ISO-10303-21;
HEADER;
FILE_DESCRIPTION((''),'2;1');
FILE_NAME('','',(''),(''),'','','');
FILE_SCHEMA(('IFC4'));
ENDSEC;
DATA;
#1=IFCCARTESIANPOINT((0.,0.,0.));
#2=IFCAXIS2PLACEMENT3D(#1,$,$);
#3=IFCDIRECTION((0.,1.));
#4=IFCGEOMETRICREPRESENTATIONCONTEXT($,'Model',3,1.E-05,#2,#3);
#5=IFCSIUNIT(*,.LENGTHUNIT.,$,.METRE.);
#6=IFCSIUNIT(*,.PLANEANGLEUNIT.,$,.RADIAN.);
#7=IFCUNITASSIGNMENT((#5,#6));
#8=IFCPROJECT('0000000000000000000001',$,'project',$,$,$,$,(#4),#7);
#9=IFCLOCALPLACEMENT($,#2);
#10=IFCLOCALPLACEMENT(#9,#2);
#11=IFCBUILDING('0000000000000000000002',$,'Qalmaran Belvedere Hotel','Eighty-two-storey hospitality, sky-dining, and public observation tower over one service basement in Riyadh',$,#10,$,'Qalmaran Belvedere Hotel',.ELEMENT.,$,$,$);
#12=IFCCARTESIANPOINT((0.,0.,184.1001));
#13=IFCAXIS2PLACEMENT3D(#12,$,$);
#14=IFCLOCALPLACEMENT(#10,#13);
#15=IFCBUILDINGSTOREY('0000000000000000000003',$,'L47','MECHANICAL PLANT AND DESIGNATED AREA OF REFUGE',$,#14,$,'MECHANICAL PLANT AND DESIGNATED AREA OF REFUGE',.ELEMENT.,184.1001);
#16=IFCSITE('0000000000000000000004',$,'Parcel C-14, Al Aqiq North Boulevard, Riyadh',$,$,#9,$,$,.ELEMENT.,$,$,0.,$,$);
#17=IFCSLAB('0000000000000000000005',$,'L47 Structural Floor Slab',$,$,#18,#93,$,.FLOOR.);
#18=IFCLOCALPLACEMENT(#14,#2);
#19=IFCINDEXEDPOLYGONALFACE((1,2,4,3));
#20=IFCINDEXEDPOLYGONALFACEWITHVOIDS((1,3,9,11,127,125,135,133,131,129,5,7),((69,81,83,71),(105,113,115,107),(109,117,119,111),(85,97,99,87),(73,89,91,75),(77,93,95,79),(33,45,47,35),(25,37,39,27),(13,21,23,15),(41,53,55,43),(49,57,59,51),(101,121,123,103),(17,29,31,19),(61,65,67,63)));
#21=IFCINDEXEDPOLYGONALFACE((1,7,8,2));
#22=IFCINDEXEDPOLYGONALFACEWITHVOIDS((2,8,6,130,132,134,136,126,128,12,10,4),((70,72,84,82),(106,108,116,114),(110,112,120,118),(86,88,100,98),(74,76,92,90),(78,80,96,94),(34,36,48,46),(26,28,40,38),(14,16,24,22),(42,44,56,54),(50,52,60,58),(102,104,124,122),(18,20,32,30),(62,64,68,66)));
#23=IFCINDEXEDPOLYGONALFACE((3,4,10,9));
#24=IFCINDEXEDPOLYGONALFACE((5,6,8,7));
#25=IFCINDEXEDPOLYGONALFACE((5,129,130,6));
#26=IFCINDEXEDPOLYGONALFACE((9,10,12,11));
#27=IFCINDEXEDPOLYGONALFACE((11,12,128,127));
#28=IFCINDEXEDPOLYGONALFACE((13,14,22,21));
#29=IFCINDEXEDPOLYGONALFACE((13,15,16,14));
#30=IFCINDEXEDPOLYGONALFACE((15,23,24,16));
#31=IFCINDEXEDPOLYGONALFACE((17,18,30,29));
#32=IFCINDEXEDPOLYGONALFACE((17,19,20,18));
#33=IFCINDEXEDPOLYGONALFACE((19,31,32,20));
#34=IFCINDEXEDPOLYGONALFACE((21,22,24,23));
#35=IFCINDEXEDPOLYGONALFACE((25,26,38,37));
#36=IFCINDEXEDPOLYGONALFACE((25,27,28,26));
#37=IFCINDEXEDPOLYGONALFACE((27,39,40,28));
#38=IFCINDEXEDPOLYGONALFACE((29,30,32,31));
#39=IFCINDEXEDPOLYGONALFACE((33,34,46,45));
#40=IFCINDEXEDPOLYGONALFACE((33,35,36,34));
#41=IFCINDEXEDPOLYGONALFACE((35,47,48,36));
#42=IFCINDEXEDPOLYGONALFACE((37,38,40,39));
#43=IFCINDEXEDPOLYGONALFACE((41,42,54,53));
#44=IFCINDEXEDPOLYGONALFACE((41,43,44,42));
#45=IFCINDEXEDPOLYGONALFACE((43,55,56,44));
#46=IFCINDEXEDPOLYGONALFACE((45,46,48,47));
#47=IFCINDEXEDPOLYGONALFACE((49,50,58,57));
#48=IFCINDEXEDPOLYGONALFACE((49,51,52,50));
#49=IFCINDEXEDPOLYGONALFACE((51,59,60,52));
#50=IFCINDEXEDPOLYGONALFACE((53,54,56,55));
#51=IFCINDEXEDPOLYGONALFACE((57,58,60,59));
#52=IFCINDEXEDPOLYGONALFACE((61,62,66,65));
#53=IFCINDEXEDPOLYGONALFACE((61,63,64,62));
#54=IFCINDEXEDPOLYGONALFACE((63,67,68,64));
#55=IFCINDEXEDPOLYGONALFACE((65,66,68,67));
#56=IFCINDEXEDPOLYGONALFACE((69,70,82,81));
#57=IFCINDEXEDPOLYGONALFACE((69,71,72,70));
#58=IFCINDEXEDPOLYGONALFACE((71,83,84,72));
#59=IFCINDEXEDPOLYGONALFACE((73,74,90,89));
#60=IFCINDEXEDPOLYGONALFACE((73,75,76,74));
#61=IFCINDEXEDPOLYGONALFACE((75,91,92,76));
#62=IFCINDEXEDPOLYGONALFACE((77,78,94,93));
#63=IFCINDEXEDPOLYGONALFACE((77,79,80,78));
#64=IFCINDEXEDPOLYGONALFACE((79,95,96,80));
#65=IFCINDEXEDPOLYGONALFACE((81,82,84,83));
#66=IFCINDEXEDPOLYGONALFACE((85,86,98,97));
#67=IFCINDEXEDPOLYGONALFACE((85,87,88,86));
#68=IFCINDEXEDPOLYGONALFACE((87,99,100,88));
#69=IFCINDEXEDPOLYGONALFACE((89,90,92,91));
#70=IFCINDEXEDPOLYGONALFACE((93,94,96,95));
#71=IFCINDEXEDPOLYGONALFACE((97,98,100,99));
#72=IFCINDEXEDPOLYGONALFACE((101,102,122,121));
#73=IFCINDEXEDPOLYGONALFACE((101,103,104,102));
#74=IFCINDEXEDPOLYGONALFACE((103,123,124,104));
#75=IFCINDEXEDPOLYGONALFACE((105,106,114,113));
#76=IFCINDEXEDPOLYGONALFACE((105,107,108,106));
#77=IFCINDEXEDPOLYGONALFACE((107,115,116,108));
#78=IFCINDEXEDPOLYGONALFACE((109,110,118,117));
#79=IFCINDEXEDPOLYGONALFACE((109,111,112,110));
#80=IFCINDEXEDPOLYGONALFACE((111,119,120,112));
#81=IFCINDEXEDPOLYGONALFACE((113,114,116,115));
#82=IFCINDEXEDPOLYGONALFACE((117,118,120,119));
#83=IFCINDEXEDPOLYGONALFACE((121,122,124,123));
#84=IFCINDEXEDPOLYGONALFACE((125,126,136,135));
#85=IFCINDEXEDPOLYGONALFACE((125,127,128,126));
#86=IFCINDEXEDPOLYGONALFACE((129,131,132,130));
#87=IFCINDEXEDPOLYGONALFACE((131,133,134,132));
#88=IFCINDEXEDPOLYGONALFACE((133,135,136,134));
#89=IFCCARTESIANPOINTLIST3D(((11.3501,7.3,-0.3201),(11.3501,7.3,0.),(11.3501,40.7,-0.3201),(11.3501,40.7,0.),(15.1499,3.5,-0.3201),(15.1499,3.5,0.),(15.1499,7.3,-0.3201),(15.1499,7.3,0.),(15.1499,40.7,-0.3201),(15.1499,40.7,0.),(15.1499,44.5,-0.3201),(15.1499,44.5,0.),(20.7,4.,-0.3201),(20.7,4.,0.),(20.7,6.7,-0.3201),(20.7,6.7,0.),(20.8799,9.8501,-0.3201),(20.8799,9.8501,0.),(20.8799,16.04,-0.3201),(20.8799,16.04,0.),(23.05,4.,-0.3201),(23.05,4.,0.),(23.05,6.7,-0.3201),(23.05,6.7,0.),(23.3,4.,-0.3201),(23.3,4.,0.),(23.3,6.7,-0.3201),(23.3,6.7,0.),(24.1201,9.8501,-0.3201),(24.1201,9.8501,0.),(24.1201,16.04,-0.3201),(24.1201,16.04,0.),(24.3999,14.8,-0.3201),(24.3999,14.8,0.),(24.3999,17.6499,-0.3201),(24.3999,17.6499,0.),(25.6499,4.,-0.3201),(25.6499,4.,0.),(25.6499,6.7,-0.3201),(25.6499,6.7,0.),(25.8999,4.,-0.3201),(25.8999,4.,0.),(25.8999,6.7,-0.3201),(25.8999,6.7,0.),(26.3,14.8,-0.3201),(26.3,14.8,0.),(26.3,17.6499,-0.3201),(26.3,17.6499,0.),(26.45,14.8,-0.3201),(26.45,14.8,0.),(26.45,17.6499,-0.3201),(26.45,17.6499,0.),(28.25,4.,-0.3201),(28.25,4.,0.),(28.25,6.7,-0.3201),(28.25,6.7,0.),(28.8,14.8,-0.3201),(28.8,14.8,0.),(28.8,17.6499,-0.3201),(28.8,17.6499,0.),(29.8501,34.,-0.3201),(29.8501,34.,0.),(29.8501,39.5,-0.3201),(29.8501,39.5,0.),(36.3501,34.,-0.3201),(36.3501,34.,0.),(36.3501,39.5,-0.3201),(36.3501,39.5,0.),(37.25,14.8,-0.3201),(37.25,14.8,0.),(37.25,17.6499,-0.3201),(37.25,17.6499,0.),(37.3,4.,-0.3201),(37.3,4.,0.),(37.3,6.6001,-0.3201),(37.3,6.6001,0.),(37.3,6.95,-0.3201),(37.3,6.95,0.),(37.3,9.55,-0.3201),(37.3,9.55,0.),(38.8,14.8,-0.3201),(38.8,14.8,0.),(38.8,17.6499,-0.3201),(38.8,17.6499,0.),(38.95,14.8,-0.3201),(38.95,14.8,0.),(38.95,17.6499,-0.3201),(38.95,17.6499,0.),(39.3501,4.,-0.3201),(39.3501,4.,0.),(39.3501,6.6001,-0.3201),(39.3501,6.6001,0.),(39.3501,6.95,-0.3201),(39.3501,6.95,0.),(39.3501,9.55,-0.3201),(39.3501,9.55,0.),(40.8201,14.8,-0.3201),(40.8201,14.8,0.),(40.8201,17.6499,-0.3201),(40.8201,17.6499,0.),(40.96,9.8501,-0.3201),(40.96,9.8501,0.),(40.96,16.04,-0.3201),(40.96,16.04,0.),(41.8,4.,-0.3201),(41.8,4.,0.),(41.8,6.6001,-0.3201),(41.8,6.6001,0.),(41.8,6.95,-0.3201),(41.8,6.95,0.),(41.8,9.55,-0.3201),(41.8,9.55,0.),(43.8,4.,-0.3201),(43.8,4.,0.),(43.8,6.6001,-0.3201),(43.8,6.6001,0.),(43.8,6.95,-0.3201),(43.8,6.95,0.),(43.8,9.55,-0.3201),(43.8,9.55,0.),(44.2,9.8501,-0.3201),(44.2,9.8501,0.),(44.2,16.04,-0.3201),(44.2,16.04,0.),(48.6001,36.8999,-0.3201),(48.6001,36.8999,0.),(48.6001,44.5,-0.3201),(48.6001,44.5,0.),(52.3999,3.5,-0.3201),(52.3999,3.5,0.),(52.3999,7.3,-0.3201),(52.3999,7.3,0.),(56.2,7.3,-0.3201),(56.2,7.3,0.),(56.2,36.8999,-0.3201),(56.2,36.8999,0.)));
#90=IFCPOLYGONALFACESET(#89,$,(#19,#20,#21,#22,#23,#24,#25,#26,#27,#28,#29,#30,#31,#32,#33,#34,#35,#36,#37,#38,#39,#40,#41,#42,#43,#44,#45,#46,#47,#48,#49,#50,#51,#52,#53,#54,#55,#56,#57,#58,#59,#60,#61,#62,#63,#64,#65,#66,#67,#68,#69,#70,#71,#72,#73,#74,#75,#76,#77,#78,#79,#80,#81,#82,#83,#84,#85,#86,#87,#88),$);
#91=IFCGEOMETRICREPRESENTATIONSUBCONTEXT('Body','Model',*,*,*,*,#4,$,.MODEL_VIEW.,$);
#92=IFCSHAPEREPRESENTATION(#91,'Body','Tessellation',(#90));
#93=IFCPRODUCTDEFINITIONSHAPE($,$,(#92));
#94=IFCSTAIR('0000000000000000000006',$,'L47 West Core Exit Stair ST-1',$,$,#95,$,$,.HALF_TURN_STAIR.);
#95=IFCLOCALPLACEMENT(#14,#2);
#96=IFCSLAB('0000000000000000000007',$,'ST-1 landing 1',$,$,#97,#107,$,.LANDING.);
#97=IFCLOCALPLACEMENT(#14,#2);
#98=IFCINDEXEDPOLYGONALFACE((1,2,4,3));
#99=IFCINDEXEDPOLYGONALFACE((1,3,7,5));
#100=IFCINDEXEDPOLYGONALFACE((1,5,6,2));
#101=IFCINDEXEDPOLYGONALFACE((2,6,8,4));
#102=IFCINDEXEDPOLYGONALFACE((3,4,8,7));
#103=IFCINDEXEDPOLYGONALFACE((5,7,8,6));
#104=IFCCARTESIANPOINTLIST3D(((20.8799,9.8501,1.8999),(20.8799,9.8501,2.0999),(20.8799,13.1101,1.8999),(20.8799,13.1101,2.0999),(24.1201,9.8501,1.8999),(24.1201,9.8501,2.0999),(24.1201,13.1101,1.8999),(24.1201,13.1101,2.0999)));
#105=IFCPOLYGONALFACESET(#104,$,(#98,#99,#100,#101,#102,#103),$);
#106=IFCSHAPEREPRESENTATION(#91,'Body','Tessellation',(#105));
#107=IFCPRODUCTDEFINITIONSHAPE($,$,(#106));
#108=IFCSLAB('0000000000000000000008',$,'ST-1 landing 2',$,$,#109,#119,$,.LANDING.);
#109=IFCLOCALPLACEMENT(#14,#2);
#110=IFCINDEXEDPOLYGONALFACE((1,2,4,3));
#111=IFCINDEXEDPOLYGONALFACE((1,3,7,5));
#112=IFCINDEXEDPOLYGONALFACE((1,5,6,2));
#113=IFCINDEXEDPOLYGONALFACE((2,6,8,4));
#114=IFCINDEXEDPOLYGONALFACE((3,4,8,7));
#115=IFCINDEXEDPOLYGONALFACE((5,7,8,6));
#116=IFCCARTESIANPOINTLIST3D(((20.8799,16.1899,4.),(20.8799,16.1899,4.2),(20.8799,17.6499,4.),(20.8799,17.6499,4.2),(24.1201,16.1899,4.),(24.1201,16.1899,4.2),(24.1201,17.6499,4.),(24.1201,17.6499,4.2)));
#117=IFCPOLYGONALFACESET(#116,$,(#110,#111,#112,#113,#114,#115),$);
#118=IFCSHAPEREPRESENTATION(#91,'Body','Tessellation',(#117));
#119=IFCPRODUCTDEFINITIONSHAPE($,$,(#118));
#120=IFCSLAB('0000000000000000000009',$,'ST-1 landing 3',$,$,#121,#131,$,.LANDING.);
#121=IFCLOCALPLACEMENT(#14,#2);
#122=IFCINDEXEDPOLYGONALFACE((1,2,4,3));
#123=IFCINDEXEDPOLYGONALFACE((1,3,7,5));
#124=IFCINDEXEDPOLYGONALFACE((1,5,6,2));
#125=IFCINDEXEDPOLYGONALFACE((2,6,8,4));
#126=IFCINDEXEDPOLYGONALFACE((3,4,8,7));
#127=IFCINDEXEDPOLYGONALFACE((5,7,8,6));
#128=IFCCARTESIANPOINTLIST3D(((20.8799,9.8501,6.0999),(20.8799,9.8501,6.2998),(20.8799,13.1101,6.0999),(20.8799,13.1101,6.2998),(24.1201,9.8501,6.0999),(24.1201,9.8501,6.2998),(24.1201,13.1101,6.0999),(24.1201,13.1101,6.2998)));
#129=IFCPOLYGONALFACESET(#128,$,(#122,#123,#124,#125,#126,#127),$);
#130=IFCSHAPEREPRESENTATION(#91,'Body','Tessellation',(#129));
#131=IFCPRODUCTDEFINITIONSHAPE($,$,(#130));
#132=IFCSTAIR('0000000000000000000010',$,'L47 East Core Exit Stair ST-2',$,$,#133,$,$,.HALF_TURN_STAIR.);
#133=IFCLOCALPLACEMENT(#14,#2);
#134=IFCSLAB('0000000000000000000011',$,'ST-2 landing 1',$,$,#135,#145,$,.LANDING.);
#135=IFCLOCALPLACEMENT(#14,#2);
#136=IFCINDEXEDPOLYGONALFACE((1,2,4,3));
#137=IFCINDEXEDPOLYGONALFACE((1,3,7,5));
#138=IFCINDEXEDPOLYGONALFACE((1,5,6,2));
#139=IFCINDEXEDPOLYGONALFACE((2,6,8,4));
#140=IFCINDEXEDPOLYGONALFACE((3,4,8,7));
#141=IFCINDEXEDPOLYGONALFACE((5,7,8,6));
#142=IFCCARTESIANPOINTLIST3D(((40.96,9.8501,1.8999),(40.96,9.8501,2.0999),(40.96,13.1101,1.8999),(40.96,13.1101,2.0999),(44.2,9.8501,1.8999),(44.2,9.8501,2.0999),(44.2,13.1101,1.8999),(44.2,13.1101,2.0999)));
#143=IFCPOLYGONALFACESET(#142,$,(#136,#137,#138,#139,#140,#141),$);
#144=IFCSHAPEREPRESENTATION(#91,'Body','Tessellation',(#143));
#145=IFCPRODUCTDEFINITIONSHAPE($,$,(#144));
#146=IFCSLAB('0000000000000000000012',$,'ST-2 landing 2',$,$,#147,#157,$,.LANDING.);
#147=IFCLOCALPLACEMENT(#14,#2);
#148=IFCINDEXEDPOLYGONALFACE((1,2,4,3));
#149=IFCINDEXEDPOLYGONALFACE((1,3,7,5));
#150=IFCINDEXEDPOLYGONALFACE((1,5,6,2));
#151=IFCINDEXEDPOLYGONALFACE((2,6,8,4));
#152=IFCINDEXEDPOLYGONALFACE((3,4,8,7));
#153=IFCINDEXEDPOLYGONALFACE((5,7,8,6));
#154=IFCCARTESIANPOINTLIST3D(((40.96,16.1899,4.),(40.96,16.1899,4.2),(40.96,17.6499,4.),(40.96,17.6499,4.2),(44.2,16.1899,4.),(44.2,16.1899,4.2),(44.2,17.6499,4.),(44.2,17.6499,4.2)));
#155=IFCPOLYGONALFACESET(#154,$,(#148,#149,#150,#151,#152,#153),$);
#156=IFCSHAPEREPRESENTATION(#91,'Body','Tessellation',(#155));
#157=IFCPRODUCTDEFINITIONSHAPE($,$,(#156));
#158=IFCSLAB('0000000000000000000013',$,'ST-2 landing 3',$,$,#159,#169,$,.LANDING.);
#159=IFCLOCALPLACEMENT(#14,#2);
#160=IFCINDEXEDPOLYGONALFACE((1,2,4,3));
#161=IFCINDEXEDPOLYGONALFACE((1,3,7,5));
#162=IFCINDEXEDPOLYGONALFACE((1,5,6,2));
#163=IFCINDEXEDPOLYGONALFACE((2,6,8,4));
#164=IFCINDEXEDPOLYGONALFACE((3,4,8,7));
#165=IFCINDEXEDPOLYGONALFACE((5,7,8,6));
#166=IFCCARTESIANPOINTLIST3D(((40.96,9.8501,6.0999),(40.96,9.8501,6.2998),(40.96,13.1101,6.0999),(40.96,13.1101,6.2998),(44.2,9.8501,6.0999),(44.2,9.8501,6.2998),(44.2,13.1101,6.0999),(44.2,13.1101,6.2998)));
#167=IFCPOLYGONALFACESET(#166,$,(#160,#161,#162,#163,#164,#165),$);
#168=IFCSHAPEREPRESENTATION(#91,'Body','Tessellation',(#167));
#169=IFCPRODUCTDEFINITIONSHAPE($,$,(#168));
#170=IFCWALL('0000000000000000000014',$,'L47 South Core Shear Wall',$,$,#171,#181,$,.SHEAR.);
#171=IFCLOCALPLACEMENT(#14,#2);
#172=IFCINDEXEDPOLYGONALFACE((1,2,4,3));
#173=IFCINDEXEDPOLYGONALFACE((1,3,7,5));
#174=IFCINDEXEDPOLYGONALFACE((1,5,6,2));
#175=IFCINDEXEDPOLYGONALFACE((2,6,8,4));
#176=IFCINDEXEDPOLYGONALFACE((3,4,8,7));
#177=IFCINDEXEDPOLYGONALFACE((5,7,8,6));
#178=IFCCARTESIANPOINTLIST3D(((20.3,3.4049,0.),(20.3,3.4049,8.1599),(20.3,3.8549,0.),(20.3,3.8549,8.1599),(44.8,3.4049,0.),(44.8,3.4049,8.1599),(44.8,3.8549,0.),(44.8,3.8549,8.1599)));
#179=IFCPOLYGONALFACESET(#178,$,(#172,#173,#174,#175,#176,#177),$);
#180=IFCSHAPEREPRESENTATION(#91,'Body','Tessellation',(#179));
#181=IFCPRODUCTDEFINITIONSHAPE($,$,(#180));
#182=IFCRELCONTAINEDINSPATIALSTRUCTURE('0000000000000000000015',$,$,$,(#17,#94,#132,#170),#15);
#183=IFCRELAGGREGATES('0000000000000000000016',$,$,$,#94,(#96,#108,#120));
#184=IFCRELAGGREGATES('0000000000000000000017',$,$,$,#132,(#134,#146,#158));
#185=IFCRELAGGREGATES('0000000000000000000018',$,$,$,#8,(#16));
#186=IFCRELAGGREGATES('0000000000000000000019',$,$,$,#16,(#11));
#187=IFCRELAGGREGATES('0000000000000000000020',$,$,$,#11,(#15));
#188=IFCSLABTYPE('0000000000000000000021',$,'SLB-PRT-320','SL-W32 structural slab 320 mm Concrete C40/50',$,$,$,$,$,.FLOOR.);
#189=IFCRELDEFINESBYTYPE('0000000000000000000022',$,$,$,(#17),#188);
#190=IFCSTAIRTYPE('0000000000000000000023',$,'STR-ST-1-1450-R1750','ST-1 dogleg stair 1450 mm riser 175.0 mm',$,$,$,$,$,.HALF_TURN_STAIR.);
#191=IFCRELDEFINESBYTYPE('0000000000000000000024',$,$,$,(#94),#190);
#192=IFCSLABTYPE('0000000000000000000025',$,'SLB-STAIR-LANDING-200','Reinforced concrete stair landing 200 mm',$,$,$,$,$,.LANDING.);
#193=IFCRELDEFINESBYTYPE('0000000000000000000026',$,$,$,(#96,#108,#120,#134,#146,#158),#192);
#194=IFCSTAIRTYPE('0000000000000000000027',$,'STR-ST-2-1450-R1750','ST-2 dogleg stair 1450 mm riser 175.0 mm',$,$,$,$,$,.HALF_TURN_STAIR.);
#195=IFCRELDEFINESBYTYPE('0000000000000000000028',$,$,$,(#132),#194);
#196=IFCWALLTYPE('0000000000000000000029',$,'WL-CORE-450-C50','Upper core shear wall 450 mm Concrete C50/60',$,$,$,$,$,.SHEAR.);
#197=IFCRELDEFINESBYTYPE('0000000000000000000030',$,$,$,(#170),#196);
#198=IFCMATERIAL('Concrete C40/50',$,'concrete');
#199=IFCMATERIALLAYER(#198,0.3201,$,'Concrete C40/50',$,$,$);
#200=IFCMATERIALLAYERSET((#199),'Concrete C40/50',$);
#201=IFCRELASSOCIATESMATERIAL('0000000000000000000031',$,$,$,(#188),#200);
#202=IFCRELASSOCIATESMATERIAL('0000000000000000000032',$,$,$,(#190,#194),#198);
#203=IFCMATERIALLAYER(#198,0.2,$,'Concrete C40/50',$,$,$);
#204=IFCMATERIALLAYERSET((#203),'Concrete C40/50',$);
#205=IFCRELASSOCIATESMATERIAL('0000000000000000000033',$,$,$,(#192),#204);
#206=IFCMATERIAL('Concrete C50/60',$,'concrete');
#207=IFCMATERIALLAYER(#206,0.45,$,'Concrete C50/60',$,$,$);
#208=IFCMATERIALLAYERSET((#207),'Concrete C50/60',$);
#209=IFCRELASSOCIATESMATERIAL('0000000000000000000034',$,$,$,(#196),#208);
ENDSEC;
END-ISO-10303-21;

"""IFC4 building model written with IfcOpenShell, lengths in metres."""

from ifc_helpers import new_model, si_unit, direction, frame, frame_2d, origin, place, context, subcontext, project, spatial, polyline, rectangle, outline, extrude, material, layer, layer_set, type_object, element, aggregate, save


model = new_model("IFC4")

# Units and contexts
model_context = context("Model", 3, precision=1e-05, world=origin(), true_north=direction((0.0, 1.0)))
body_context = subcontext(model_context, "Body", "Model", "MODEL_VIEW")
ifc_project = project(units=[si_unit("LENGTHUNIT", "METRE"), si_unit("PLANEANGLEUNIT", "RADIAN")], contexts=[model_context])

# Site, building, storey
site_placement = place(None, origin())
site = spatial("IfcSite", under=ifc_project, at=site_placement, Name="Parcel C-14, Al Aqiq North Boulevard, Riyadh", CompositionType="ELEMENT", RefElevation=0.0)
building_placement = place(site_placement, origin())
building = spatial("IfcBuilding", under=site, at=building_placement, Name="Qalmaran Belvedere Hotel", Description="Eighty-two-storey hospitality, sky-dining, and public observation tower over one service basement in Riyadh", LongName="Qalmaran Belvedere Hotel", CompositionType="ELEMENT")
storey_placement = place(building_placement, frame((0.0, 0.0, 184.1001)))
storey = spatial("IfcBuildingStorey", under=building, at=storey_placement, Name="L47", Description="MECHANICAL PLANT AND DESIGNATED AREA OF REFUGE", LongName="MECHANICAL PLANT AND DESIGNATED AREA OF REFUGE", CompositionType="ELEMENT", Elevation=184.1001)

# Shared definitions
ifc_material_1 = material(Name="Concrete C50/60", Category="concrete")

# Slab
ifc_material_2 = material(Name="Concrete C40/50", Category="concrete")
ifc_layer_1 = layer(ifc_material_2, 0.3201, Name="Concrete C40/50")
ifc_layer_set_1 = layer_set([ifc_layer_1], Name="Concrete C40/50")
slab_type_1 = type_object("IfcSlabType", Name="SLB-PRT-320", Description="SL-W32 structural slab 320 mm Concrete C40/50", PredefinedType="FLOOR", material=ifc_layer_set_1)
slab_1_placement = place(storey_placement, frame((0.0, 0.0, -0.3201)))
element("IfcSlab", 1, at=slab_1_placement, inside=storey, type_object=slab_type_1, Name="L47 Structural Floor Slab", PredefinedType="FLOOR", context=body_context, shape_type="SweptSolid", body=[
    extrude(outline(polyline([(15.1499, 3.5), (52.3999, 3.5), (52.3999, 7.3), (56.2, 7.3), (56.2, 36.8999), (48.6001, 36.8999), (48.6001, 44.5), (15.1499, 44.5), (15.1499, 40.7), (11.3501, 40.7), (11.3501, 7.3), (15.1499, 7.3), (15.1499, 3.5)]), holes=[polyline([(20.8799, 9.8501), (24.1201, 9.8501), (24.1201, 16.04), (20.8799, 16.04), (20.8799, 9.8501)]), polyline([(40.96, 9.8501), (44.2, 9.8501), (44.2, 16.04), (40.96, 16.04), (40.96, 9.8501)]), polyline([(37.3, 4.0), (39.3501, 4.0), (39.3501, 6.6001), (37.3, 6.6001), (37.3, 4.0)]), polyline([(37.3, 6.95), (39.3501, 6.95), (39.3501, 9.55), (37.3, 9.55), (37.3, 6.95)]), polyline([(41.8, 4.0), (43.8, 4.0), (43.8, 6.6001), (41.8, 6.6001), (41.8, 4.0)]), polyline([(41.8, 6.95), (43.8, 6.95), (43.8, 9.55), (41.8, 9.55), (41.8, 6.95)]), polyline([(20.7, 4.0), (23.05, 4.0), (23.05, 6.7), (20.7, 6.7), (20.7, 4.0)]), polyline([(23.3, 4.0), (25.6499, 4.0), (25.6499, 6.7), (23.3, 6.7), (23.3, 4.0)]), polyline([(25.8999, 4.0), (28.25, 4.0), (28.25, 6.7), (25.8999, 6.7), (25.8999, 4.0)]), polyline([(24.3999, 14.8), (26.3, 14.8), (26.3, 17.6499), (24.3999, 17.6499), (24.3999, 14.8)]), polyline([(38.95, 14.8), (40.8201, 14.8), (40.8201, 17.6499), (38.95, 17.6499), (38.95, 14.8)]), polyline([(26.45, 14.8), (28.8, 14.8), (28.8, 17.6499), (26.45, 17.6499), (26.45, 14.8)]), polyline([(37.25, 14.8), (38.8, 14.8), (38.8, 17.6499), (37.25, 17.6499), (37.25, 14.8)]), polyline([(29.8501, 34.0), (36.3501, 34.0), (36.3501, 39.5), (29.8501, 39.5), (29.8501, 34.0)])]), origin(), (0.0, 0.0, 1.0), 0.3201),
])

# Stairs, slabs
stair_type_1 = type_object("IfcStairType", Name="STR-ST-1-1450-R1750", Description="ST-1 dogleg stair 1450 mm riser 175.0 mm", PredefinedType="HALF_TURN_STAIR", material=ifc_material_2)
stair_1_placement = place(storey_placement, origin())
stair_1 = element("IfcStair", 2, at=stair_1_placement, inside=storey, type_object=stair_type_1, Name="L47 West Core Exit Stair ST-1", PredefinedType="HALF_TURN_STAIR")
ifc_layer_2 = layer(ifc_material_2, 0.2, Name="Concrete C40/50")
ifc_layer_set_2 = layer_set([ifc_layer_2], Name="Concrete C40/50")
slab_type_2 = type_object("IfcSlabType", Name="SLB-STAIR-LANDING-200", Description="Reinforced concrete stair landing 200 mm", PredefinedType="LANDING", material=ifc_layer_set_2)
slab_2_placement = place(storey_placement, frame((0.0, 0.0, 1.8999)))
slab_2 = element("IfcSlab", 3, at=slab_2_placement, type_object=slab_type_2, Name="ST-1 landing 1", PredefinedType="LANDING", context=body_context, shape_type="SweptSolid", body=[
    extrude(outline(polyline([(20.8799, 13.1101), (20.8799, 9.8501), (24.1201, 9.8501), (24.1201, 13.1101), (20.8799, 13.1101)])), origin(), (0.0, 0.0, 1.0), 0.2),
])
slab_3_placement = place(storey_placement, frame((0.0, 0.0, 4.0)))
slab_3 = element("IfcSlab", 4, at=slab_3_placement, type_object=slab_type_2, Name="ST-1 landing 2", PredefinedType="LANDING", context=body_context, shape_type="SweptSolid", body=[
    extrude(outline(polyline([(20.8799, 17.6499), (20.8799, 16.1899), (24.1201, 16.1899), (24.1201, 17.6499), (20.8799, 17.6499)])), origin(), (0.0, 0.0, 1.0), 0.2),
])
slab_4_placement = place(storey_placement, frame((0.0, 0.0, 6.0999)))
slab_4 = element("IfcSlab", 5, at=slab_4_placement, type_object=slab_type_2, Name="ST-1 landing 3", PredefinedType="LANDING", context=body_context, shape_type="SweptSolid", body=[
    extrude(outline(polyline([(20.8799, 13.1101), (20.8799, 9.8501), (24.1201, 9.8501), (24.1201, 13.1101), (20.8799, 13.1101)])), origin(), (0.0, 0.0, 1.0), 0.2),
])
aggregate(stair_1, [slab_2, slab_3, slab_4])
stair_type_2 = type_object("IfcStairType", Name="STR-ST-2-1450-R1750", Description="ST-2 dogleg stair 1450 mm riser 175.0 mm", PredefinedType="HALF_TURN_STAIR", material=ifc_material_2)
stair_2_placement = place(storey_placement, origin())
stair_2 = element("IfcStair", 6, at=stair_2_placement, inside=storey, type_object=stair_type_2, Name="L47 East Core Exit Stair ST-2", PredefinedType="HALF_TURN_STAIR")
slab_5_placement = place(storey_placement, frame((0.0, 0.0, 1.8999)))
slab_5 = element("IfcSlab", 7, at=slab_5_placement, type_object=slab_type_2, Name="ST-2 landing 1", PredefinedType="LANDING", context=body_context, shape_type="SweptSolid", body=[
    extrude(outline(polyline([(40.96, 13.1101), (40.96, 9.8501), (44.2, 9.8501), (44.2, 13.1101), (40.96, 13.1101)])), origin(), (0.0, 0.0, 1.0), 0.2),
])
slab_6_placement = place(storey_placement, frame((0.0, 0.0, 4.0)))
slab_6 = element("IfcSlab", 8, at=slab_6_placement, type_object=slab_type_2, Name="ST-2 landing 2", PredefinedType="LANDING", context=body_context, shape_type="SweptSolid", body=[
    extrude(outline(polyline([(40.96, 17.6499), (40.96, 16.1899), (44.2, 16.1899), (44.2, 17.6499), (40.96, 17.6499)])), origin(), (0.0, 0.0, 1.0), 0.2),
])
slab_7_placement = place(storey_placement, frame((0.0, 0.0, 6.0999)))
slab_7 = element("IfcSlab", 9, at=slab_7_placement, type_object=slab_type_2, Name="ST-2 landing 3", PredefinedType="LANDING", context=body_context, shape_type="SweptSolid", body=[
    extrude(outline(polyline([(40.96, 13.1101), (40.96, 9.8501), (44.2, 9.8501), (44.2, 13.1101), (40.96, 13.1101)])), origin(), (0.0, 0.0, 1.0), 0.2),
])
aggregate(stair_2, [slab_5, slab_6, slab_7])

# Wall
ifc_layer_3 = layer(ifc_material_1, 0.45, Name="Concrete C50/60")
ifc_layer_set_3 = layer_set([ifc_layer_3], Name="Concrete C50/60")
wall_type_1 = type_object("IfcWallType", Name="WL-CORE-450-C50", Description="Upper core shear wall 450 mm Concrete C50/60", PredefinedType="SHEAR", material=ifc_layer_set_3)
wall_1_placement = place(storey_placement, frame((20.3, 3.6299, 0.0), z_axis=(0.0, 0.0, 1.0), x_axis=(1.0, 0.0, 0.0)))
element("IfcWall", 10, at=wall_1_placement, inside=storey, type_object=wall_type_1, Name="L47 South Core Shear Wall", PredefinedType="SHEAR", context=body_context, shape_type="SweptSolid", body=[
    extrude(rectangle(XDim=24.5, YDim=0.45, at=frame_2d((12.25, 0.0))), origin(), (0.0, 0.0, 1.0), 8.1599),
])

save(model, "model.ifc")
